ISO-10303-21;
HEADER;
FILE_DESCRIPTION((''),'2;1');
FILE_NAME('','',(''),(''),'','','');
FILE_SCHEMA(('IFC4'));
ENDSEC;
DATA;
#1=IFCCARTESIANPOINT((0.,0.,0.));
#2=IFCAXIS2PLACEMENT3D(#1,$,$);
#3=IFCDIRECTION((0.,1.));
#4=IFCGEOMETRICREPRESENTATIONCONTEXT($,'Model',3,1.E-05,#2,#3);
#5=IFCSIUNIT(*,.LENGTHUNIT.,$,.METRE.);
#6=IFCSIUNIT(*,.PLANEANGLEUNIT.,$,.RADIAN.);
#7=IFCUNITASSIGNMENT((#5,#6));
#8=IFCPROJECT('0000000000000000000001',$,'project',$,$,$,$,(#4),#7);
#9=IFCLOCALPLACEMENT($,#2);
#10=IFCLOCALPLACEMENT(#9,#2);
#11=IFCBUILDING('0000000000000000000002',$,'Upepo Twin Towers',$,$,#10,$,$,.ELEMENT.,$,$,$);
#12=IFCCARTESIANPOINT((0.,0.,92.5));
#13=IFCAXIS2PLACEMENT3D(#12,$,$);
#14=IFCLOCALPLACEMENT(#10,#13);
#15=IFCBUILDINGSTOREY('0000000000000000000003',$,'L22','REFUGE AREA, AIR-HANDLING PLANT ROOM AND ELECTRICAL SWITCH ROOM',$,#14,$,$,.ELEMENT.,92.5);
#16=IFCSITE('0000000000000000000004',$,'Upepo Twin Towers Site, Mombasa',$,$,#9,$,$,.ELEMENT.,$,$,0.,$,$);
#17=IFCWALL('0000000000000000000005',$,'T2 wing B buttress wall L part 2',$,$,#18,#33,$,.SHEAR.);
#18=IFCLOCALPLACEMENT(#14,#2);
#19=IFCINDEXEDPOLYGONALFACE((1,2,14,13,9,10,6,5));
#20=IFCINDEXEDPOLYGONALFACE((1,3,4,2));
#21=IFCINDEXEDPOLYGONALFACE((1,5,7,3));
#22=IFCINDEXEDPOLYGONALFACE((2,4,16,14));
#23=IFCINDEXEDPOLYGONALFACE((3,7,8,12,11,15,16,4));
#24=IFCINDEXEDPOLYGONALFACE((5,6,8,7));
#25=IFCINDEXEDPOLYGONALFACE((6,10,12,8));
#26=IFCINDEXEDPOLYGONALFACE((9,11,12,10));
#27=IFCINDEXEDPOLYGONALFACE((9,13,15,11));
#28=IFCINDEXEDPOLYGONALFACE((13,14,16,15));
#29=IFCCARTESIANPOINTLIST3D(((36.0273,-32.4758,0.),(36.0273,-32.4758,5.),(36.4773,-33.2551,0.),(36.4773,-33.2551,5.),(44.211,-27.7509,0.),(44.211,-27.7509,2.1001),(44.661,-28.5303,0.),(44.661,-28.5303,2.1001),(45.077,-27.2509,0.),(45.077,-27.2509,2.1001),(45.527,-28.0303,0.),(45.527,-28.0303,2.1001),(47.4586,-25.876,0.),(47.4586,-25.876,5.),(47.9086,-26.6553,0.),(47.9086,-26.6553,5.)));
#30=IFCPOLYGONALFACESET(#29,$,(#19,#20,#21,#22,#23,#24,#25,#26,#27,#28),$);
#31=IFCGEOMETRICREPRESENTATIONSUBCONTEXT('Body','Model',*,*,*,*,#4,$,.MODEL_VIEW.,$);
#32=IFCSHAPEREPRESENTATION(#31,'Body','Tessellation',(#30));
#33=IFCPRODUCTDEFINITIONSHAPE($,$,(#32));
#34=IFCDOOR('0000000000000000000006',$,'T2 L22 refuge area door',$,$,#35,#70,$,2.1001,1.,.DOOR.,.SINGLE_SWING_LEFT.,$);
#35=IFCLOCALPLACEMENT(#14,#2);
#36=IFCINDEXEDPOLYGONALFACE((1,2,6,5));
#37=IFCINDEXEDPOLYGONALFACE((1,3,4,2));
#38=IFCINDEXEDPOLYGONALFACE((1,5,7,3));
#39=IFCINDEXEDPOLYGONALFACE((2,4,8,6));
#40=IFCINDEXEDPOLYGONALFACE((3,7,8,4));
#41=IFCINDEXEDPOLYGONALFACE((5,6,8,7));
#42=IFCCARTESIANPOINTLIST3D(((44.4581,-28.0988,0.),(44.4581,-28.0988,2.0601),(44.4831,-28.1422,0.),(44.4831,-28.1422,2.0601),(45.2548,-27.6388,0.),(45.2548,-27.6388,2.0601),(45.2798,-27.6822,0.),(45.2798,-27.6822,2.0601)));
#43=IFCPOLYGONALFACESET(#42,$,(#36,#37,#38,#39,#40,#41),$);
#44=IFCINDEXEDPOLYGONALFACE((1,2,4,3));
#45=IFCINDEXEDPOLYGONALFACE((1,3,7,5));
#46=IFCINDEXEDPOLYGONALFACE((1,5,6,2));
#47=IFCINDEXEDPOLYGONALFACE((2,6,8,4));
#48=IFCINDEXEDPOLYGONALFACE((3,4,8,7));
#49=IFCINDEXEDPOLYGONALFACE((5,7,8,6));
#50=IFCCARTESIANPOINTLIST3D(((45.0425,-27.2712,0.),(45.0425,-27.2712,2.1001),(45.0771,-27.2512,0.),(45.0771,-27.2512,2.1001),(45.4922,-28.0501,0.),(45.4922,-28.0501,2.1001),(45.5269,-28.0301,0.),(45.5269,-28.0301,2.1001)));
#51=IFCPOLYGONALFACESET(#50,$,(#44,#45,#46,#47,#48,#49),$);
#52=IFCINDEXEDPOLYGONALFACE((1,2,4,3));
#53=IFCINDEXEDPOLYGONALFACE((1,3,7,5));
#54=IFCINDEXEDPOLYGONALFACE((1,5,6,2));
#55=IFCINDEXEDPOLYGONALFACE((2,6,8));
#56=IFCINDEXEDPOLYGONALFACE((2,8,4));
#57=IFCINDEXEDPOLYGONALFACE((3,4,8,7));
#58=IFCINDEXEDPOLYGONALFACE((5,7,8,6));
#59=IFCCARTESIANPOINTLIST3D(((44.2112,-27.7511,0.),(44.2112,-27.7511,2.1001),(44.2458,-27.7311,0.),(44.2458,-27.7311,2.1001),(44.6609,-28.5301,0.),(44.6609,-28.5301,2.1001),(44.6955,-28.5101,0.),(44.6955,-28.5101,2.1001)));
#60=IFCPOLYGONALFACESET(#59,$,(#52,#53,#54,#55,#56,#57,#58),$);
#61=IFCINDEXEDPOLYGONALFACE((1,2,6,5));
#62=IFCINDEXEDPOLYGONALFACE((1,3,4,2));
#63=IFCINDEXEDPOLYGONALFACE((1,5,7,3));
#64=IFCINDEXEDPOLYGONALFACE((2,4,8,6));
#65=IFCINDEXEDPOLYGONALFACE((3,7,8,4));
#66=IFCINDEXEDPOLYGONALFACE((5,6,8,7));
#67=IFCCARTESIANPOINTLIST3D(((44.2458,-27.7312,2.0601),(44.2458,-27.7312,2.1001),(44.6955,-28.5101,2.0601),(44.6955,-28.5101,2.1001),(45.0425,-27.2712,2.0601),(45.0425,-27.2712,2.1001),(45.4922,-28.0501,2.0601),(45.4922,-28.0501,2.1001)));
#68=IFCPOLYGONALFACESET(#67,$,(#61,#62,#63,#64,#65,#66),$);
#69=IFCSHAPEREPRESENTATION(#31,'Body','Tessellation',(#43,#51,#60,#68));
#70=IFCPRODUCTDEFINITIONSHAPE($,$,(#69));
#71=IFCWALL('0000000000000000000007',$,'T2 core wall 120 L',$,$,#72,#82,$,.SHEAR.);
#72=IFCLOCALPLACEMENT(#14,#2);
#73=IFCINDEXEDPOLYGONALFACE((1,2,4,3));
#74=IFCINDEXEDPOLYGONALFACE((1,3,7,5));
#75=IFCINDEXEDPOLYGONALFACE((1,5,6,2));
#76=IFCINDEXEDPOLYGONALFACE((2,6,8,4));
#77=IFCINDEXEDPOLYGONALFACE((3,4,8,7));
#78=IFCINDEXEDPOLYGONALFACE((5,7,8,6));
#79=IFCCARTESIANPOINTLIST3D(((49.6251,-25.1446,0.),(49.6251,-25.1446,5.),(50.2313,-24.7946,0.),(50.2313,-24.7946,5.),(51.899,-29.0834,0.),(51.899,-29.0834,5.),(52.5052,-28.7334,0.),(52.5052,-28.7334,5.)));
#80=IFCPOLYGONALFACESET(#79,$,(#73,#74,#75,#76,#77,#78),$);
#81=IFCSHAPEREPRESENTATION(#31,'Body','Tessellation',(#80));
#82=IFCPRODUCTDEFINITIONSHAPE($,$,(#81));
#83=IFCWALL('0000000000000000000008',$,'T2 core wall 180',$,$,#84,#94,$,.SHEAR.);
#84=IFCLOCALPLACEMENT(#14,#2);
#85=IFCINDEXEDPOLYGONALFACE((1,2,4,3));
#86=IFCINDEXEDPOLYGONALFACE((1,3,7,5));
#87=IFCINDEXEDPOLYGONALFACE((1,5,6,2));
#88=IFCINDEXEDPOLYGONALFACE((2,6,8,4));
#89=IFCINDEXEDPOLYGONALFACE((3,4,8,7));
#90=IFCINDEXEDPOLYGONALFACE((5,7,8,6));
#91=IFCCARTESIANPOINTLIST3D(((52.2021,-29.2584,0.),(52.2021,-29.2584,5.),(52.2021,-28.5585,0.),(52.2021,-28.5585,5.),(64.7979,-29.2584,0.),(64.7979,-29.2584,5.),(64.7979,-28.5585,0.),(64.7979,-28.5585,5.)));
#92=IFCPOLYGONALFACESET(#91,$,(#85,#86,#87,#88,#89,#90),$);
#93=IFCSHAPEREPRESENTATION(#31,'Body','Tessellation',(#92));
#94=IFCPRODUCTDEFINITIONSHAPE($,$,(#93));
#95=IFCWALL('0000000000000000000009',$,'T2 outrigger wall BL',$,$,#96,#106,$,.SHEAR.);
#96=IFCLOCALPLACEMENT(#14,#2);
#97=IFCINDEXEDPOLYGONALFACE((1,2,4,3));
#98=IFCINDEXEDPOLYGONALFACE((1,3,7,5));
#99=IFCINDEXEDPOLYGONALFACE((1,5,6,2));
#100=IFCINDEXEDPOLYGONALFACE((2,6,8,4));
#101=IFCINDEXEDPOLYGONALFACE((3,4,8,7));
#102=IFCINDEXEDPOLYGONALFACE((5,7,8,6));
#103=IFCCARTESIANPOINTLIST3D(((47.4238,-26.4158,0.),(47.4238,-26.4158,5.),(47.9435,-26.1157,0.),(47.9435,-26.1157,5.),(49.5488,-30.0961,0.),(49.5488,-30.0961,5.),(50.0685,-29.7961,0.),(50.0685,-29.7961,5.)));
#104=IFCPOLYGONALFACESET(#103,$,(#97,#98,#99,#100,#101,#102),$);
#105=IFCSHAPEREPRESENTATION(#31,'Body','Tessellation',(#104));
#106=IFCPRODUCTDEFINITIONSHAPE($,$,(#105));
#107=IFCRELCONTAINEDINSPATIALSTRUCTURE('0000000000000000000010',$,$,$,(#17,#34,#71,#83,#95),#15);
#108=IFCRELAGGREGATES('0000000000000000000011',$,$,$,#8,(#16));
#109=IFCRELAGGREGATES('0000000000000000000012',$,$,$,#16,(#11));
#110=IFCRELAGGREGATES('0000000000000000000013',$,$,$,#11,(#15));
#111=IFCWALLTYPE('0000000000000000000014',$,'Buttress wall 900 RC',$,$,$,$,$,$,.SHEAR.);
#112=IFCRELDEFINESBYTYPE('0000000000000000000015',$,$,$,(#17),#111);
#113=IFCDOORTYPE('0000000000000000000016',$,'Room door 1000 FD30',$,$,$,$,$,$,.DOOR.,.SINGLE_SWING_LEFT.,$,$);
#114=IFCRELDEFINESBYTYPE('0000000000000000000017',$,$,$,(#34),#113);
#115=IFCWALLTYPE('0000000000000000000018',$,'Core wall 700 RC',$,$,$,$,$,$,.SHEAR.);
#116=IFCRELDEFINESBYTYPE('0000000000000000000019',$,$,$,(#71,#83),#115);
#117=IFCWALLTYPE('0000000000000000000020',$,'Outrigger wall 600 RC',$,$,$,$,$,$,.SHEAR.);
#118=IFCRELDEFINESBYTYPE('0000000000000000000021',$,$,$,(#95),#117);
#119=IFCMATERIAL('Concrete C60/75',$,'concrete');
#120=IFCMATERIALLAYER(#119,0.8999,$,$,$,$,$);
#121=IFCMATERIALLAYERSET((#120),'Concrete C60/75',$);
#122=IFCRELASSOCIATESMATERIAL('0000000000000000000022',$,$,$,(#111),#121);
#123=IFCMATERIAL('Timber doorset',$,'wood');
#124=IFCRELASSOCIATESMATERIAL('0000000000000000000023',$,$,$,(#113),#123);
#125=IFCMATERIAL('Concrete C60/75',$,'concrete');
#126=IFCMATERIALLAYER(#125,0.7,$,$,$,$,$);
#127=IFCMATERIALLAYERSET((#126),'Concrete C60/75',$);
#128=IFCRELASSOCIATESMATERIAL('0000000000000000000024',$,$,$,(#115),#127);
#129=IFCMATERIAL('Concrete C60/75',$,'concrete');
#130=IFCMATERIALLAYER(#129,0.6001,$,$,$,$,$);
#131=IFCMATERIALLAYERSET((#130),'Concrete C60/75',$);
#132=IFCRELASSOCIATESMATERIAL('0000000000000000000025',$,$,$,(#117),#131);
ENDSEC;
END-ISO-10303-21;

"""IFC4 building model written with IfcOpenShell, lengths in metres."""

from ifc_helpers import new_model, si_unit, direction, frame, frame_2d, origin, place, context, subcontext, project, spatial, rectangle, extrude, material, layer, layer_set, type_object, element, fill, save


model = new_model("IFC4")

# Units and contexts
model_context = context("Model", 3, precision=1e-05, world=origin(), true_north=direction((0.0, 1.0)))
body_context = subcontext(model_context, "Body", "Model", "MODEL_VIEW")
ifc_project = project(units=[si_unit("LENGTHUNIT", "METRE"), si_unit("PLANEANGLEUNIT", "RADIAN")], contexts=[model_context])

# Site, building, storey
site_placement = place(None, origin())
site = spatial("IfcSite", under=ifc_project, at=site_placement, Name="Upepo Twin Towers Site, Mombasa", CompositionType="ELEMENT", RefElevation=0.0)
building_placement = place(site_placement, origin())
building = spatial("IfcBuilding", under=site, at=building_placement, Name="Upepo Twin Towers", CompositionType="ELEMENT")
storey_placement = place(building_placement, frame((0.0, 0.0, 92.5)))
storey = spatial("IfcBuildingStorey", under=building, at=storey_placement, Name="L22", Description="REFUGE AREA, AIR-HANDLING PLANT ROOM AND ELECTRICAL SWITCH ROOM", CompositionType="ELEMENT", Elevation=92.5)

# Wall, opening, door
ifc_material_1 = material(Name="Concrete C60/75", Category="concrete")
ifc_layer_1 = layer(ifc_material_1, 0.8999)
ifc_layer_set_1 = layer_set([ifc_layer_1], Name="Concrete C60/75")
wall_type_1 = type_object("IfcWallType", Name="Buttress wall 900 RC", PredefinedType="SHEAR", material=ifc_layer_set_1)
wall_1_placement = place(storey_placement, frame((47.6836, -26.2656, 0.0), z_axis=(0.0, 0.0, 1.0), x_axis=(-0.866028, -0.499996, 0.0)))
wall_1 = element("IfcWall", 1, at=wall_1_placement, inside=storey, type_object=wall_type_1, Name="T2 wing B buttress wall L part 2", PredefinedType="SHEAR", context=body_context, shape_type="SweptSolid", body=[
    extrude(rectangle(XDim=13.1997, YDim=0.8999, at=frame_2d((6.5999, 0.0))), origin(), (0.0, 0.0, 1.0), 5.0),
])
opening_placement = place(wall_1_placement, frame((2.75, 0.0, 0.0)))
opening = element("IfcOpeningElement", 2, at=opening_placement, cuts=wall_1, PredefinedType="OPENING", context=body_context, shape_type="SweptSolid", body=[
    extrude(rectangle(XDim=1.0, YDim=2.1001, at=frame_2d((0.5, 1.05))), frame((0.0, 0.46, 0.0), z_axis=(0.0, -1.0, 0.0), x_axis=(1.0, 0.0, 0.0)), (0.0, 0.0, 1.0), 0.9199),
])
ifc_material_2 = material(Name="Timber doorset", Category="wood")
door_type = type_object("IfcDoorType", Name="Room door 1000 FD30", OperationType="SINGLE_SWING_LEFT", PredefinedType="DOOR", material=ifc_material_2)
door_placement = place(opening_placement, origin())
door = element("IfcDoor", 3, at=door_placement, inside=storey, type_object=door_type, Name="T2 L22 refuge area door", OperationType="SINGLE_SWING_LEFT", OverallHeight=2.1001, OverallWidth=1.0, PredefinedType="DOOR", context=body_context, shape_type="SweptSolid", body=[
    extrude(rectangle(XDim=0.92, YDim=2.0601, at=frame_2d((0.5, 1.03))), frame((0.0, 0.0249, 0.0), z_axis=(0.0, -1.0, 0.0), x_axis=(1.0, 0.0, 0.0)), (0.0, 0.0, 1.0), 0.05),
    extrude(rectangle(XDim=0.04, YDim=2.1001, at=frame_2d((0.02, 1.05))), frame((0.0, 0.4497, 0.0), z_axis=(0.0, -1.0, 0.0), x_axis=(1.0, 0.0, 0.0)), (0.0, 0.0, 1.0), 0.8994),
    extrude(rectangle(XDim=0.04, YDim=2.1001, at=frame_2d((0.98, 1.05))), frame((0.0, 0.4497, 0.0), z_axis=(0.0, -1.0, 0.0), x_axis=(1.0, 0.0, 0.0)), (0.0, 0.0, 1.0), 0.8994),
    extrude(rectangle(XDim=0.92, YDim=0.04, at=frame_2d((0.5, 2.0801))), frame((0.0, 0.4497, 0.0), z_axis=(0.0, -1.0, 0.0), x_axis=(1.0, 0.0, 0.0)), (0.0, 0.0, 1.0), 0.8994),
])
fill(opening, door)

# Walls
ifc_material_3 = material(Name="Concrete C60/75", Category="concrete")
ifc_layer_2 = layer(ifc_material_3, 0.7)
ifc_layer_set_2 = layer_set([ifc_layer_2], Name="Concrete C60/75")
wall_type_2 = type_object("IfcWallType", Name="Core wall 700 RC", PredefinedType="SHEAR", material=ifc_layer_set_2)
wall_2_placement = place(storey_placement, frame((49.9282, -24.9697, 0.0), z_axis=(0.0, 0.0, 1.0), x_axis=(0.499984, -0.866035, 0.0)))
element("IfcWall", 4, at=wall_2_placement, inside=storey, type_object=wall_type_2, Name="T2 core wall 120 L", PredefinedType="SHEAR", context=body_context, shape_type="SweptSolid", body=[
    extrude(rectangle(XDim=4.5481, YDim=0.7, at=frame_2d((2.2739, 0.0))), origin(), (0.0, 0.0, 1.0), 5.0),
])
wall_3_placement = place(storey_placement, frame((52.2021, -28.9084, 0.0), z_axis=(0.0, 0.0, 1.0), x_axis=(1.0, 0.0, 0.0)))
element("IfcWall", 5, at=wall_3_placement, inside=storey, type_object=wall_type_2, Name="T2 core wall 180", PredefinedType="SHEAR", context=body_context, shape_type="SweptSolid", body=[
    extrude(rectangle(XDim=12.5957, YDim=0.7, at=frame_2d((6.2979, 0.0))), origin(), (0.0, 0.0, 1.0), 5.0),
])
ifc_material_4 = material(Name="Concrete C60/75", Category="concrete")
ifc_layer_3 = layer(ifc_material_4, 0.6001)
ifc_layer_set_3 = layer_set([ifc_layer_3], Name="Concrete C60/75")
wall_type_3 = type_object("IfcWallType", Name="Outrigger wall 600 RC", PredefinedType="SHEAR", material=ifc_layer_set_3)
wall_4_placement = place(storey_placement, frame((47.6836, -26.2656, 0.0), z_axis=(0.0, 0.0, 1.0), x_axis=(0.500019, -0.866014, 0.0)))
element("IfcWall", 6, at=wall_4_placement, inside=storey, type_object=wall_type_3, Name="T2 outrigger wall BL", PredefinedType="SHEAR", context=body_context, shape_type="SweptSolid", body=[
    extrude(rectangle(XDim=4.2498, YDim=0.6001, at=frame_2d((2.125, 0.0))), origin(), (0.0, 0.0, 1.0), 5.0),
])

save(model, "model.ifc")
